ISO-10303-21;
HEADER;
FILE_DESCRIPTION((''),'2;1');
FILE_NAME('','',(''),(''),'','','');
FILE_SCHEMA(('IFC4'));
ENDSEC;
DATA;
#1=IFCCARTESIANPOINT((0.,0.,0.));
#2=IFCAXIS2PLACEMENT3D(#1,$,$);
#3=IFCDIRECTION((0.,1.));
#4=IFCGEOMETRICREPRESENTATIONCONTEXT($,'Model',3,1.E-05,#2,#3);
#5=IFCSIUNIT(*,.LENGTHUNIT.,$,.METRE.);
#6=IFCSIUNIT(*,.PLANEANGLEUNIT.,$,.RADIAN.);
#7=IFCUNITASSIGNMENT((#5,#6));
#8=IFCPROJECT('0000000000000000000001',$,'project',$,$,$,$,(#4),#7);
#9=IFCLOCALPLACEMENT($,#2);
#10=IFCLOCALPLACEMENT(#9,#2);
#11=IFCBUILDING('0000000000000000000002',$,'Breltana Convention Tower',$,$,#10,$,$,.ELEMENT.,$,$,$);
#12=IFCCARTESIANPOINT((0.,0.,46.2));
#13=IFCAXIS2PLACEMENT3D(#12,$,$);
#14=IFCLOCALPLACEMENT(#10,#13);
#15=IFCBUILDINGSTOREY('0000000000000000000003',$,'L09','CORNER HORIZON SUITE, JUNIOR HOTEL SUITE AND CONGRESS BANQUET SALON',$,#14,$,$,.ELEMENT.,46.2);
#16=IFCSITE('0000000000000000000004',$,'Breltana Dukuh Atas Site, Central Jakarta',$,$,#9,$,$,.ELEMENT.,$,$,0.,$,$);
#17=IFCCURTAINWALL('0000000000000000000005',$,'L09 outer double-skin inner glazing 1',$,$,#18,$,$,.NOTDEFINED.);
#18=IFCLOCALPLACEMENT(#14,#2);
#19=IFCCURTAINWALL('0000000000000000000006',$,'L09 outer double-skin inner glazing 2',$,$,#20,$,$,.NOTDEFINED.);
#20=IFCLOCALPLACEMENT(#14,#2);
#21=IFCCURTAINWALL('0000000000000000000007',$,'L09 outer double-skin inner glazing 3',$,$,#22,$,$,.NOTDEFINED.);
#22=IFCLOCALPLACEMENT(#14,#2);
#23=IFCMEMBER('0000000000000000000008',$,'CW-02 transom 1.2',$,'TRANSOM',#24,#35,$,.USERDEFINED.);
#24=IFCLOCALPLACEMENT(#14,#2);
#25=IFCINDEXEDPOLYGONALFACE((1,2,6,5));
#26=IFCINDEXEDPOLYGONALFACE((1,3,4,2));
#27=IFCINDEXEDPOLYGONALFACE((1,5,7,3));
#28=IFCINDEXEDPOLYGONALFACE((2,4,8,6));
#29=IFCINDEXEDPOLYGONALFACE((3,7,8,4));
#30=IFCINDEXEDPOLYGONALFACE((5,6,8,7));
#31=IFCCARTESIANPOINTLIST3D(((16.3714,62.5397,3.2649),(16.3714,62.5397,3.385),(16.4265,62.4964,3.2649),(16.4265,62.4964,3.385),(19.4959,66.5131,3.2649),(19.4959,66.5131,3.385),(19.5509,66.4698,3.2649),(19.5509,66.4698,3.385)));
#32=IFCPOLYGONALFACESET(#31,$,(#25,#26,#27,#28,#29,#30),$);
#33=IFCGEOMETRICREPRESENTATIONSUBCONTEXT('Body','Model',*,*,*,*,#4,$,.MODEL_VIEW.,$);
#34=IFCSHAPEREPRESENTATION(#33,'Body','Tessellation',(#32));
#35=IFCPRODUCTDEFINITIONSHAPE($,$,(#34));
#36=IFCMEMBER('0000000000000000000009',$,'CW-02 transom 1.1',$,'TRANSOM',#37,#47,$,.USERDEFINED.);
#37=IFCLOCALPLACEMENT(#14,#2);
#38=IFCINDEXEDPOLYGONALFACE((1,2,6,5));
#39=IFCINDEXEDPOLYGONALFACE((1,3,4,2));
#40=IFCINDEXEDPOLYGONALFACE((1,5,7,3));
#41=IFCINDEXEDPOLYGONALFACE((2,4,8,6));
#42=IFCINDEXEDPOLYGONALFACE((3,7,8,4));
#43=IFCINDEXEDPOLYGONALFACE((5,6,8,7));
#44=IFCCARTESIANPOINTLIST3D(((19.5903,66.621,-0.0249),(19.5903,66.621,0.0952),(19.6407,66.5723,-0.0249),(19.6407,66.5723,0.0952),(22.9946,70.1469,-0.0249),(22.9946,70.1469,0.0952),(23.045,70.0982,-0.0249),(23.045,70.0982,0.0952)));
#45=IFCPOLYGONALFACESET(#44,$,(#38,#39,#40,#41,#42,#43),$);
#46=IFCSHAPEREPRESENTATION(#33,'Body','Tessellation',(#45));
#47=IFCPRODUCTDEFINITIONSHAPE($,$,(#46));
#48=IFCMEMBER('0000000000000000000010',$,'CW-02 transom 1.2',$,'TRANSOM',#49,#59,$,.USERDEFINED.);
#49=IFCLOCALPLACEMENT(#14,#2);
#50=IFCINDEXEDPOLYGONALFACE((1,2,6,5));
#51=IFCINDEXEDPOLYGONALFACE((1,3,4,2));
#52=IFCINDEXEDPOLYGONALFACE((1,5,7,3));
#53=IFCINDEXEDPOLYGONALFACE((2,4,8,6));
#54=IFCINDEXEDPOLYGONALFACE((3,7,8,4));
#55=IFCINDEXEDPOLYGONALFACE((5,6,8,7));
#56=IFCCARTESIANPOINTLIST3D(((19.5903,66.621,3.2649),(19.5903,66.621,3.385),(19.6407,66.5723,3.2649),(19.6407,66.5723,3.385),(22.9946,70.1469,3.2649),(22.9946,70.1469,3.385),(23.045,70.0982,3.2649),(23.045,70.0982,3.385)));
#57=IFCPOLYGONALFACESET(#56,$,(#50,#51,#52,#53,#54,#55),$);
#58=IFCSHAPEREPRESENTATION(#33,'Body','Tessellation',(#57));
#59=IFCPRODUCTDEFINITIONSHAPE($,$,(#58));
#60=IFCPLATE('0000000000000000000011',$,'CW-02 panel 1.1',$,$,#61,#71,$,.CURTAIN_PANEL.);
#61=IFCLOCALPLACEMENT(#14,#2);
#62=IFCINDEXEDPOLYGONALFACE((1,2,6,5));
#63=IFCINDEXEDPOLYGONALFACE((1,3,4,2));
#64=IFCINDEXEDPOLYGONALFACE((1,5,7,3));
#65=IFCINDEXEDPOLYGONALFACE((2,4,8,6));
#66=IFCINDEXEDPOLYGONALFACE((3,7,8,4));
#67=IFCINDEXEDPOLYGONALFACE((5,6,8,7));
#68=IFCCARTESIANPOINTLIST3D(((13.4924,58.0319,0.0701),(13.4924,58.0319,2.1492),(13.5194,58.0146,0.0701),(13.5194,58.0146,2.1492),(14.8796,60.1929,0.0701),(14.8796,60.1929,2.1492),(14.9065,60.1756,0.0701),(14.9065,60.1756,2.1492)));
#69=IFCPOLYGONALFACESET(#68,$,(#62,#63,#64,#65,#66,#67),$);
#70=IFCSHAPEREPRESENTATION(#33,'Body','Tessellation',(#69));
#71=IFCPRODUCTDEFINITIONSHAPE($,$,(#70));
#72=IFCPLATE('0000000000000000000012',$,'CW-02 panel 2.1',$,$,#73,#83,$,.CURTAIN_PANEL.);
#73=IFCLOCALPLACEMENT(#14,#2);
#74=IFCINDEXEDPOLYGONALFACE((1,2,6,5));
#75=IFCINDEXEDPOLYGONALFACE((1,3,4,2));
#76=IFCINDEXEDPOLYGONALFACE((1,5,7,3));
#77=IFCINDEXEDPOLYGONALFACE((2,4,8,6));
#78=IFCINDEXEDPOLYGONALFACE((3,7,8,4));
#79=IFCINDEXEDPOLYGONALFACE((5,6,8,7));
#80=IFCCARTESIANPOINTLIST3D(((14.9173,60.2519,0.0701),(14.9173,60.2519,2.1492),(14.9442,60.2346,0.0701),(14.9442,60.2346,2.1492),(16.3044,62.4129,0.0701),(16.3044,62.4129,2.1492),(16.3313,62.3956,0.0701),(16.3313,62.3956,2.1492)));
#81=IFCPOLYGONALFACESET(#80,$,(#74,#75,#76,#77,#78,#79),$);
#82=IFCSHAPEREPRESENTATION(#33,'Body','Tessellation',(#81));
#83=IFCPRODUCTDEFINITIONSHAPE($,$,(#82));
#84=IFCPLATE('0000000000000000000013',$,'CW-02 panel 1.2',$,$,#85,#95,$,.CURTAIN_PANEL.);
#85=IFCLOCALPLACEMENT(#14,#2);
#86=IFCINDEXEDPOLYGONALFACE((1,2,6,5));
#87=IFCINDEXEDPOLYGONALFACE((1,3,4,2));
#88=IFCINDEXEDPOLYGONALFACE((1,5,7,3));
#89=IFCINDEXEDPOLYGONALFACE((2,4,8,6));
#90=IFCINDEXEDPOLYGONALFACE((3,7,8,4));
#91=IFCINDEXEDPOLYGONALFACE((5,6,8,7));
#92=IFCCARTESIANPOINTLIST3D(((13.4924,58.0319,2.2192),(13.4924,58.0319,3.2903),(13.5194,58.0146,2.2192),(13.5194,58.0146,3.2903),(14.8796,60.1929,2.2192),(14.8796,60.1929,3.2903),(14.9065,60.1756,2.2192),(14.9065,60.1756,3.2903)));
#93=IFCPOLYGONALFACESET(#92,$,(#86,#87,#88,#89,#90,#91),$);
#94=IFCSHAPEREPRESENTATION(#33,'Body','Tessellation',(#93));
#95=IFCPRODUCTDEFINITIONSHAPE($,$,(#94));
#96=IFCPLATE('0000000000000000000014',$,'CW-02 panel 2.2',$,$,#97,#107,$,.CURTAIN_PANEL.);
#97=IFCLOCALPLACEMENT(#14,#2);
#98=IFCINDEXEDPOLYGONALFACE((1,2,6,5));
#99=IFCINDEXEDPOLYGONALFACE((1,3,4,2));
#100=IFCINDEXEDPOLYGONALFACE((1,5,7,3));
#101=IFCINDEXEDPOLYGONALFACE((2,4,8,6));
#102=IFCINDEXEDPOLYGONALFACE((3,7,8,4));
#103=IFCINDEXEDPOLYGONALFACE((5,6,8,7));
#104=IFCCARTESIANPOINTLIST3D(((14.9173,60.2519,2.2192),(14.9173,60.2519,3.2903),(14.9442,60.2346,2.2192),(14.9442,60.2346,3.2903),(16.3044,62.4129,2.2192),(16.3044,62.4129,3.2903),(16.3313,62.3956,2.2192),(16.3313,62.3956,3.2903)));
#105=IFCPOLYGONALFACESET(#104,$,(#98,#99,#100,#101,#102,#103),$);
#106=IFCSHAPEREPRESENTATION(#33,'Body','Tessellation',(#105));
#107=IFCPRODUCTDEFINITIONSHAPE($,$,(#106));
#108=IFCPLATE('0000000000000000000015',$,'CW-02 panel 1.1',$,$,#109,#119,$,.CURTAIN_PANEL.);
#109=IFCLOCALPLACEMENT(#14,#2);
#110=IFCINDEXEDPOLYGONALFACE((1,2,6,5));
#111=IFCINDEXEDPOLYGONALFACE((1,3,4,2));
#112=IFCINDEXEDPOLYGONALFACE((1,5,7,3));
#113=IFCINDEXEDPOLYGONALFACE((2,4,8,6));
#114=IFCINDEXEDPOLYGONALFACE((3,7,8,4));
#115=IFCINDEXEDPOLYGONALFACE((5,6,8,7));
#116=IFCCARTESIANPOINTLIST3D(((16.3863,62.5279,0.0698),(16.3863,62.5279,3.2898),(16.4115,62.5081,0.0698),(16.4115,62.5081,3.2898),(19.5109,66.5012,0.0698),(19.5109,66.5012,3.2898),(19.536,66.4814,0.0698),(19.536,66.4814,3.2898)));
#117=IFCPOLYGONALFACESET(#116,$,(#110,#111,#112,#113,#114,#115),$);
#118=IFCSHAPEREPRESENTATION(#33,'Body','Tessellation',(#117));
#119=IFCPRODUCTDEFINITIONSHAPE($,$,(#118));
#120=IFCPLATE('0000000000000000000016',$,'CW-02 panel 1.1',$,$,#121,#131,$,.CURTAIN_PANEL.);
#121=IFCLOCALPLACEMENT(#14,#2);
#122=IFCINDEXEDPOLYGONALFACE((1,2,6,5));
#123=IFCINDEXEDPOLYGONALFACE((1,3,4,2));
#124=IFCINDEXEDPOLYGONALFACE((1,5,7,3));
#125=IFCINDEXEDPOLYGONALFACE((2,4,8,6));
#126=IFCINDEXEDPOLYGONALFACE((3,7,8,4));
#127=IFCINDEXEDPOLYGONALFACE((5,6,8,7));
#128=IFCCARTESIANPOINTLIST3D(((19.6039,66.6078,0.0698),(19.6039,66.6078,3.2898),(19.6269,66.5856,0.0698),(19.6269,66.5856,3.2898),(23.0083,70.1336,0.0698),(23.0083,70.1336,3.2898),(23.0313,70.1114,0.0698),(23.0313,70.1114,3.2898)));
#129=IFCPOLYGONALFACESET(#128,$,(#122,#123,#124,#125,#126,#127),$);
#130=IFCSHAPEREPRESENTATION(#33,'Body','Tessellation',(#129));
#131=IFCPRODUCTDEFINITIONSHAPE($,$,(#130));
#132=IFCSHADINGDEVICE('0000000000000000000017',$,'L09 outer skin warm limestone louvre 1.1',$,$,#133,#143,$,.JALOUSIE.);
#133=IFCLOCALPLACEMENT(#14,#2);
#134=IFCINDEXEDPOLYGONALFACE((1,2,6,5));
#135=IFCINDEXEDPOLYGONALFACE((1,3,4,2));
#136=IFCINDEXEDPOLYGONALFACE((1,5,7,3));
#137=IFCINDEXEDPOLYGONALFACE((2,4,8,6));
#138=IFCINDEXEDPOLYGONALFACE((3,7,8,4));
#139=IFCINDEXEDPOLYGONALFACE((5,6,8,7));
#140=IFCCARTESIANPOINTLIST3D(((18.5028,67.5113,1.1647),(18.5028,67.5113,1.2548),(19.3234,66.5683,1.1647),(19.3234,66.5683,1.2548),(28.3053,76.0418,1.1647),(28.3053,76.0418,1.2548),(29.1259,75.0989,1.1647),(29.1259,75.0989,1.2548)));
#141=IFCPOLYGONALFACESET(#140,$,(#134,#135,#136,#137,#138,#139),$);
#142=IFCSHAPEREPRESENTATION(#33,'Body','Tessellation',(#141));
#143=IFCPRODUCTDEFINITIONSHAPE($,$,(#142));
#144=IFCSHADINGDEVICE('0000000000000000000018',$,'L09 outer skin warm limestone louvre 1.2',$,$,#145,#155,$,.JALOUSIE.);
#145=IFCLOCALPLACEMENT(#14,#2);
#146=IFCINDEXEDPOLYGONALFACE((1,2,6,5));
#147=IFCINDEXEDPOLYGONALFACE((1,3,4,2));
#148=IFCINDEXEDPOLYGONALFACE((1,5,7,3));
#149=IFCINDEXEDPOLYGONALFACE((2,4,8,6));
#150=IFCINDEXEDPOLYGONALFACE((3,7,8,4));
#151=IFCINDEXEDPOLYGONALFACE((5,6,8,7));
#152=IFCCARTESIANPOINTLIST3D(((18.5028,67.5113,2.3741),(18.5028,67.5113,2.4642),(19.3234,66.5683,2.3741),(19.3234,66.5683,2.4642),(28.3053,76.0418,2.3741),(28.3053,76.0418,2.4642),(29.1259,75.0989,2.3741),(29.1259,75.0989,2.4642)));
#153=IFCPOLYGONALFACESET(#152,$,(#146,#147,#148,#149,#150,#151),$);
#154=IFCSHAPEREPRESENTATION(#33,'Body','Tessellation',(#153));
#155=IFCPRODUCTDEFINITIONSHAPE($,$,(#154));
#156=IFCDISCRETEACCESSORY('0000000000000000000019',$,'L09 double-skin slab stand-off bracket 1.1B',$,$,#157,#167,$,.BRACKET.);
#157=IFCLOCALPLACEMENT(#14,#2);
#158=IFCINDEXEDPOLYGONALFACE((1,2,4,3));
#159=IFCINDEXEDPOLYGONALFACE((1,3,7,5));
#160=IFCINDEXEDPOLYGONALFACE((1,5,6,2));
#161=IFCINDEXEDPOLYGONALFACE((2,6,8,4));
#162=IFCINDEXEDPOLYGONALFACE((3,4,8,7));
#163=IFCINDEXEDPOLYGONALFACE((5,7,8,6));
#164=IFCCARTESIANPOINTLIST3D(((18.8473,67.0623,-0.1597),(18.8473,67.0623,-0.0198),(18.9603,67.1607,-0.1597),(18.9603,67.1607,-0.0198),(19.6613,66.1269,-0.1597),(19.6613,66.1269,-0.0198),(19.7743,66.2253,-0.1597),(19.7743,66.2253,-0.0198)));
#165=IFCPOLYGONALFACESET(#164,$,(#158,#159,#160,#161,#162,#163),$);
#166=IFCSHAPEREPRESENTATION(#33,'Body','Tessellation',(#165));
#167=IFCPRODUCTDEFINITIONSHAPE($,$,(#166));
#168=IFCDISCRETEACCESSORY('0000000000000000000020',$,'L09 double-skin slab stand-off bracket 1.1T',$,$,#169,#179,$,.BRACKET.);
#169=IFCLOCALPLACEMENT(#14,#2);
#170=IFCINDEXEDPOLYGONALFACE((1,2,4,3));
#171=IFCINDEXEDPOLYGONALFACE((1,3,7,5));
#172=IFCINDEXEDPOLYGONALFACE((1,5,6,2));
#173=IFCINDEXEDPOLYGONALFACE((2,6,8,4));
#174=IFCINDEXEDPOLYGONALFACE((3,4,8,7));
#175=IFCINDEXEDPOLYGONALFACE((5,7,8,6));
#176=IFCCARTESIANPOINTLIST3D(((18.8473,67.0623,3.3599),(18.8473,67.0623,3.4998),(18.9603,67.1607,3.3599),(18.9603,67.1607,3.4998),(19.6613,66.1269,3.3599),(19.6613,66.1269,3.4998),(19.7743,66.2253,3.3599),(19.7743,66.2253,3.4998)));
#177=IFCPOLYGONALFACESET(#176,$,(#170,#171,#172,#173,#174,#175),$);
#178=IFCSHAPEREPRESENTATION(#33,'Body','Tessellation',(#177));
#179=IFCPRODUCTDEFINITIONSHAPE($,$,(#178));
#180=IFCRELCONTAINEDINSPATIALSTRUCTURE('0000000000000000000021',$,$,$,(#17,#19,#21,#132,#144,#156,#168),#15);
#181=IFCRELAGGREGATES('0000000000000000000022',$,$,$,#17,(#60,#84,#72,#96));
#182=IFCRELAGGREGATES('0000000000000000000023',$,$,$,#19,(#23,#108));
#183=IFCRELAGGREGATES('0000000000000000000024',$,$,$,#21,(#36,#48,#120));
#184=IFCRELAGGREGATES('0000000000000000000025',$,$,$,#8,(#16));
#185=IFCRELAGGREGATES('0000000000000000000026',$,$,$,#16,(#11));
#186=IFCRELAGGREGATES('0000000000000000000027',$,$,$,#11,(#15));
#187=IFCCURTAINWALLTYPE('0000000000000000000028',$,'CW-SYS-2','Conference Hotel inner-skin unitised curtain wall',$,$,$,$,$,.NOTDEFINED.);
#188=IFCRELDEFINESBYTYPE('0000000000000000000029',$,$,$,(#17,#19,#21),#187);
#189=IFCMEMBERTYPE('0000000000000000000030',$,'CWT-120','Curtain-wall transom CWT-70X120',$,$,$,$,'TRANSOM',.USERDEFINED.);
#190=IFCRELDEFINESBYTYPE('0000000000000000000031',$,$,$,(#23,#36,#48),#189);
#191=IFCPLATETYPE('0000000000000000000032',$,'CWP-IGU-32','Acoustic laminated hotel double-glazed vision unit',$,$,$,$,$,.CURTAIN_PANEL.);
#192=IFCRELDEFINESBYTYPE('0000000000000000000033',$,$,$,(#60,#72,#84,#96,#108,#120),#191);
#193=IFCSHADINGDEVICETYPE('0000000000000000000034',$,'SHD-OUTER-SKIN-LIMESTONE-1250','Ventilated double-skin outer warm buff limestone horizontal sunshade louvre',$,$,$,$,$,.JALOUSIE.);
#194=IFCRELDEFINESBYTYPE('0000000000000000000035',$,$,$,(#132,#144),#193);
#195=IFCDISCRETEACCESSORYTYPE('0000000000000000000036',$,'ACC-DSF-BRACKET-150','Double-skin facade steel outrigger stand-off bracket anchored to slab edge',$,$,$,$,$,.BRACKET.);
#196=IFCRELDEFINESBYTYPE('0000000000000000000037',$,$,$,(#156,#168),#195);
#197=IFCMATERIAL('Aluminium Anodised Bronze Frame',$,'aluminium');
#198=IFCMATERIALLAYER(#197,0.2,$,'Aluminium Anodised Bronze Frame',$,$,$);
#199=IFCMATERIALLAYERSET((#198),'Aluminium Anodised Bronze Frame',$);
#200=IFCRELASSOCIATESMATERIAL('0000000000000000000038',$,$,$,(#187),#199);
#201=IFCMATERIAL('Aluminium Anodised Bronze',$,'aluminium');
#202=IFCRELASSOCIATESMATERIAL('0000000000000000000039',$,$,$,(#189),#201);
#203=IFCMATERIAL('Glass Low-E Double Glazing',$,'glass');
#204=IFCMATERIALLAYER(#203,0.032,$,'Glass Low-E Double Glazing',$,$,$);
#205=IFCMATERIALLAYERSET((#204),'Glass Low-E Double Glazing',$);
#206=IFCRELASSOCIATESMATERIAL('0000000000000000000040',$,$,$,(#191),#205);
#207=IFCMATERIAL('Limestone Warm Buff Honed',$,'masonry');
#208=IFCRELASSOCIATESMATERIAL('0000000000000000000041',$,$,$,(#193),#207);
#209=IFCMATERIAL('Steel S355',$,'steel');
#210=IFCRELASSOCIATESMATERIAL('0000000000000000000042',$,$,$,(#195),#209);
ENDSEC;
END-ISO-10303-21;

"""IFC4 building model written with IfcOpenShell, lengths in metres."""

from ifc_helpers import new_model, si_unit, direction, frame, origin, origin_2d, place, context, subcontext, project, spatial, rectangle, extrude, source, transform, mapped, material, layer, layer_set, material_profile, profile_set, type_object, type_shapes, element, aggregate, save


model = new_model("IFC4")

# Units and contexts
model_context = context("Model", 3, precision=1e-05, world=origin(), true_north=direction((0.0, 1.0)))
body_context = subcontext(model_context, "Body", "Model", "MODEL_VIEW")
ifc_project = project(units=[si_unit("LENGTHUNIT", "METRE"), si_unit("PLANEANGLEUNIT", "RADIAN")], contexts=[model_context])

# Site, building, storey
site_placement = place(None, origin())
site = spatial("IfcSite", under=ifc_project, at=site_placement, Name="Breltana Dukuh Atas Site, Central Jakarta", CompositionType="ELEMENT", RefElevation=0.0)
building_placement = place(site_placement, origin())
building = spatial("IfcBuilding", under=site, at=building_placement, Name="Breltana Convention Tower", CompositionType="ELEMENT")
storey_placement = place(building_placement, frame((0.0, 0.0, 46.2)))
storey = spatial("IfcBuildingStorey", under=building, at=storey_placement, Name="L09", Description="CORNER HORIZON SUITE, JUNIOR HOTEL SUITE AND CONGRESS BANQUET SALON", CompositionType="ELEMENT", Elevation=46.2)

# Curtain walls
ifc_material_1 = material(Name="Aluminium Anodised Bronze Frame", Category="aluminium")
ifc_layer_1 = layer(ifc_material_1, 0.2, Name="Aluminium Anodised Bronze Frame")
ifc_layer_set_1 = layer_set([ifc_layer_1], Name="Aluminium Anodised Bronze Frame")
curtain_wall_type = type_object("IfcCurtainWallType", Name="CW-SYS-2", Description="Conference Hotel inner-skin unitised curtain wall", PredefinedType="NOTDEFINED", material=ifc_layer_set_1)
curtain_wall_1_placement = place(storey_placement, origin())
curtain_wall_1 = element("IfcCurtainWall", 1, at=curtain_wall_1_placement, inside=storey, type_object=curtain_wall_type, Name="L09 outer double-skin inner glazing 1", PredefinedType="NOTDEFINED")
ifc_material_2 = material(Name="Aluminium Anodised Bronze", Category="aluminium")
curtain_wall_2_placement = place(storey_placement, origin())
curtain_wall_2 = element("IfcCurtainWall", 2, at=curtain_wall_2_placement, inside=storey, type_object=curtain_wall_type, Name="L09 outer double-skin inner glazing 2", PredefinedType="NOTDEFINED")

# Curtain wall
curtain_wall_3_placement = place(storey_placement, origin())
curtain_wall_3 = element("IfcCurtainWall", 3, at=curtain_wall_3_placement, inside=storey, type_object=curtain_wall_type, Name="L09 outer double-skin inner glazing 3", PredefinedType="NOTDEFINED")

# Members
ifc_material_profile_1 = material_profile(ifc_material_2, rectangle(XDim=0.0701, YDim=0.1201, at=origin_2d()), Name="CWT-70X120")
ifc_profile_set_1 = profile_set([ifc_material_profile_1], Name="Aluminium Anodised Bronze")
member_type_1 = type_object("IfcMemberType", Name="CWT-120", Description="Curtain-wall transom CWT-70X120", ElementType="TRANSOM", PredefinedType="USERDEFINED", material=ifc_profile_set_1)
shared_shape_1 = source(origin(), body_context, "Body", "SweptSolid", [
    extrude(rectangle(XDim=0.0701, YDim=0.1201, at=origin_2d()), origin(), (0.0, 0.0, 1.0), 5.0547),
])
member_1_placement = place(storey_placement, frame((16.3989, 62.5181, 3.325), z_axis=(0.618135, 0.786072, 0.0), x_axis=(-0.786072, 0.618135, 0.0)))
member_1 = element("IfcMember", 4, at=member_1_placement, type_object=member_type_1, Name="CW-02 transom 1.2", ObjectType="TRANSOM", PredefinedType="USERDEFINED", context=body_context, shape_type="MappedRepresentation", body=[
    mapped(shared_shape_1, transform((0.0, 0.0, 0.0), scale=1.0)),
])
shared_shape_2 = source(origin(), body_context, "Body", "SweptSolid", [
    extrude(rectangle(XDim=0.0701, YDim=0.1201, at=origin_2d()), origin(), (0.0, 0.0, 1.0), 4.9011),
])
member_2_placement = place(storey_placement, frame((19.6155, 66.5967, 0.0352), z_axis=(0.694595, 0.719401, 0.0), x_axis=(-0.719401, 0.694595, 0.0)))
member_2 = element("IfcMember", 5, at=member_2_placement, type_object=member_type_1, Name="CW-02 transom 1.1", ObjectType="TRANSOM", PredefinedType="USERDEFINED", context=body_context, shape_type="MappedRepresentation", body=[
    mapped(shared_shape_2, transform((0.0, 0.0, 0.0), scale=1.0)),
])
member_3_placement = place(storey_placement, frame((19.6155, 66.5967, 3.325), z_axis=(0.694595, 0.719401, 0.0), x_axis=(-0.719401, 0.694595, 0.0)))
member_3 = element("IfcMember", 6, at=member_3_placement, type_object=member_type_1, Name="CW-02 transom 1.2", ObjectType="TRANSOM", PredefinedType="USERDEFINED", context=body_context, shape_type="MappedRepresentation", body=[
    mapped(shared_shape_2, transform((0.0, 0.0, 0.0), scale=1.0)),
])

# Plates
ifc_material_3 = material(Name="Glass Low-E Double Glazing", Category="glass")
ifc_layer_2 = layer(ifc_material_3, 0.032, Name="Glass Low-E Double Glazing")
ifc_layer_set_2 = layer_set([ifc_layer_2], Name="Glass Low-E Double Glazing")
plate_type = type_object("IfcPlateType", Name="CWP-IGU-32", Description="Acoustic laminated hotel double-glazed vision unit", PredefinedType="CURTAIN_PANEL", material=ifc_layer_set_2)
shared_shape_3 = source(origin(), body_context, "Body", "SweptSolid", [
    extrude(rectangle(XDim=2.5679, YDim=0.032, at=origin_2d()), origin(), (0.0, 0.0, 1.0), 2.0791),
])
type_shapes(plate_type, [shared_shape_3])
plate_1_placement = place(storey_placement, frame((14.1995, 59.1038, 0.0701), z_axis=(0.0, 0.0, 1.0), x_axis=(0.540181, 0.841549, 0.0)))
plate_1 = element("IfcPlate", 7, at=plate_1_placement, type_object=plate_type, Name="CW-02 panel 1.1", PredefinedType="CURTAIN_PANEL", context=body_context, shape_type="MappedRepresentation", body=[
    mapped(shared_shape_3, transform((0.0, 0.0, 0.0), scale=1.0)),
])
plate_2_placement = place(storey_placement, frame((15.6243, 61.3237, 0.0701), z_axis=(0.0, 0.0, 1.0), x_axis=(0.540181, 0.841549, 0.0)))
plate_2 = element("IfcPlate", 8, at=plate_2_placement, type_object=plate_type, Name="CW-02 panel 2.1", PredefinedType="CURTAIN_PANEL", context=body_context, shape_type="MappedRepresentation", body=[
    mapped(shared_shape_3, transform((0.0, 0.0, 0.0), scale=1.0)),
])
shared_shape_4 = source(origin(), body_context, "Body", "SweptSolid", [
    extrude(rectangle(XDim=2.5679, YDim=0.032, at=origin_2d()), origin(), (0.0, 0.0, 1.0), 1.071),
])
plate_3_placement = place(storey_placement, frame((14.1995, 59.1038, 2.2192), z_axis=(0.0, 0.0, 1.0), x_axis=(0.540181, 0.841549, 0.0)))
plate_3 = element("IfcPlate", 9, at=plate_3_placement, type_object=plate_type, Name="CW-02 panel 1.2", PredefinedType="CURTAIN_PANEL", context=body_context, shape_type="MappedRepresentation", body=[
    mapped(shared_shape_4, transform((0.0, 0.0, 0.0), scale=1.0)),
])
plate_4_placement = place(storey_placement, frame((15.6243, 61.3237, 2.2192), z_axis=(0.0, 0.0, 1.0), x_axis=(0.540181, 0.841549, 0.0)))
plate_4 = element("IfcPlate", 10, at=plate_4_placement, type_object=plate_type, Name="CW-02 panel 2.2", PredefinedType="CURTAIN_PANEL", context=body_context, shape_type="MappedRepresentation", body=[
    mapped(shared_shape_4, transform((0.0, 0.0, 0.0), scale=1.0)),
])
aggregate(curtain_wall_1, [plate_1, plate_3, plate_2, plate_4])
shared_shape_5 = source(origin(), body_context, "Body", "SweptSolid", [
    extrude(rectangle(XDim=5.0547, YDim=0.032, at=origin_2d()), origin(), (0.0, 0.0, 1.0), 3.22),
])
plate_5_placement = place(storey_placement, frame((17.9612, 64.5046, 0.0698), z_axis=(0.0, 0.0, 1.0), x_axis=(0.618154, 0.786057, 0.0)))
plate_5 = element("IfcPlate", 11, at=plate_5_placement, type_object=plate_type, Name="CW-02 panel 1.1", PredefinedType="CURTAIN_PANEL", context=body_context, shape_type="MappedRepresentation", body=[
    mapped(shared_shape_5, transform((0.0, 0.0, 0.0), scale=1.0)),
])
aggregate(curtain_wall_2, [member_1, plate_5])
shared_shape_6 = source(origin(), body_context, "Body", "SweptSolid", [
    extrude(rectangle(XDim=4.9011, YDim=0.032, at=origin_2d()), origin(), (0.0, 0.0, 1.0), 3.22),
])
plate_6_placement = place(storey_placement, frame((21.3176, 68.3596, 0.0698), z_axis=(0.0, 0.0, 1.0), x_axis=(0.69461, 0.719386, 0.0)))
plate_6 = element("IfcPlate", 12, at=plate_6_placement, type_object=plate_type, Name="CW-02 panel 1.1", PredefinedType="CURTAIN_PANEL", context=body_context, shape_type="MappedRepresentation", body=[
    mapped(shared_shape_6, transform((0.0, 0.0, 0.0), scale=1.0)),
])
aggregate(curtain_wall_3, [member_2, member_3, plate_6])

# Shading devices
ifc_material_4 = material(Name="Limestone Warm Buff Honed", Category="masonry")
ifc_material_profile_2 = material_profile(ifc_material_4, rectangle(XDim=1.25, YDim=0.0901, at=origin_2d()), Name="STN-LVR-1250X90")
ifc_profile_set_2 = profile_set([ifc_material_profile_2], Name="Limestone Warm Buff Honed")
shading_device_type = type_object("IfcShadingDeviceType", Name="SHD-OUTER-SKIN-LIMESTONE-1250", Description="Ventilated double-skin outer warm buff limestone horizontal sunshade louvre", PredefinedType="JALOUSIE", material=ifc_profile_set_2)
shared_shape_7 = source(origin(), body_context, "Body", "SweptSolid", [
    extrude(rectangle(XDim=1.25, YDim=0.0901, at=origin_2d()), origin(), (0.0, 0.0, 1.0), 12.9946),
])
type_shapes(shading_device_type, [shared_shape_7])
for number, where, z_axis, x_axis, name in (
    (13, (18.9131, 67.0398, 1.2097), (0.754353, 0.656468, 0.0), (-0.656468, 0.754353, 0.0), "L09 outer skin warm limestone louvre 1.1"),
    (14, (18.9131, 67.0398, 2.4192), (0.754353, 0.656468, 0.0), (-0.656468, 0.754353, 0.0), "L09 outer skin warm limestone louvre 1.2"),
):
    element("IfcShadingDevice", number, at=place(storey_placement, frame(where, z_axis=z_axis, x_axis=x_axis)), inside=storey, type_object=shading_device_type, Name=name, PredefinedType="JALOUSIE", context=body_context, shape_type="MappedRepresentation", body=[
        mapped(shared_shape_7, transform((0.0, 0.0, 0.0), scale=1.0)),
    ])

# Discrete accessories
ifc_material_5 = material(Name="Steel S355", Category="steel")
discrete_accessory_type_1 = type_object("IfcDiscreteAccessoryType", Name="ACC-DSF-BRACKET-150", Description="Double-skin facade steel outrigger stand-off bracket anchored to slab edge", PredefinedType="BRACKET", material=ifc_material_5)
shared_shape_8 = source(origin(), body_context, "Body", "SweptSolid", [
    extrude(rectangle(XDim=1.24, YDim=0.1499, at=origin_2d()), origin(), (0.0, 0.0, 1.0), 0.1399),
])
type_shapes(discrete_accessory_type_1, [shared_shape_8])
for number, where, z_axis, x_axis, name in (
    (15, (19.3108, 66.6438, -0.1597), (0.0, 0.0, 1.0), (-0.656457, 0.754364, 0.0), "L09 double-skin slab stand-off bracket 1.1B"),
    (16, (19.3108, 66.6438, 3.3599), (0.0, 0.0, 1.0), (-0.656457, 0.754364, 0.0), "L09 double-skin slab stand-off bracket 1.1T"),
):
    element("IfcDiscreteAccessory", number, at=place(storey_placement, frame(where, z_axis=z_axis, x_axis=x_axis)), inside=storey, type_object=discrete_accessory_type_1, Name=name, PredefinedType="BRACKET", context=body_context, shape_type="MappedRepresentation", body=[
        mapped(shared_shape_8, transform((0.0, 0.0, 0.0), scale=1.0)),
    ])

save(model, "model.ifc")
